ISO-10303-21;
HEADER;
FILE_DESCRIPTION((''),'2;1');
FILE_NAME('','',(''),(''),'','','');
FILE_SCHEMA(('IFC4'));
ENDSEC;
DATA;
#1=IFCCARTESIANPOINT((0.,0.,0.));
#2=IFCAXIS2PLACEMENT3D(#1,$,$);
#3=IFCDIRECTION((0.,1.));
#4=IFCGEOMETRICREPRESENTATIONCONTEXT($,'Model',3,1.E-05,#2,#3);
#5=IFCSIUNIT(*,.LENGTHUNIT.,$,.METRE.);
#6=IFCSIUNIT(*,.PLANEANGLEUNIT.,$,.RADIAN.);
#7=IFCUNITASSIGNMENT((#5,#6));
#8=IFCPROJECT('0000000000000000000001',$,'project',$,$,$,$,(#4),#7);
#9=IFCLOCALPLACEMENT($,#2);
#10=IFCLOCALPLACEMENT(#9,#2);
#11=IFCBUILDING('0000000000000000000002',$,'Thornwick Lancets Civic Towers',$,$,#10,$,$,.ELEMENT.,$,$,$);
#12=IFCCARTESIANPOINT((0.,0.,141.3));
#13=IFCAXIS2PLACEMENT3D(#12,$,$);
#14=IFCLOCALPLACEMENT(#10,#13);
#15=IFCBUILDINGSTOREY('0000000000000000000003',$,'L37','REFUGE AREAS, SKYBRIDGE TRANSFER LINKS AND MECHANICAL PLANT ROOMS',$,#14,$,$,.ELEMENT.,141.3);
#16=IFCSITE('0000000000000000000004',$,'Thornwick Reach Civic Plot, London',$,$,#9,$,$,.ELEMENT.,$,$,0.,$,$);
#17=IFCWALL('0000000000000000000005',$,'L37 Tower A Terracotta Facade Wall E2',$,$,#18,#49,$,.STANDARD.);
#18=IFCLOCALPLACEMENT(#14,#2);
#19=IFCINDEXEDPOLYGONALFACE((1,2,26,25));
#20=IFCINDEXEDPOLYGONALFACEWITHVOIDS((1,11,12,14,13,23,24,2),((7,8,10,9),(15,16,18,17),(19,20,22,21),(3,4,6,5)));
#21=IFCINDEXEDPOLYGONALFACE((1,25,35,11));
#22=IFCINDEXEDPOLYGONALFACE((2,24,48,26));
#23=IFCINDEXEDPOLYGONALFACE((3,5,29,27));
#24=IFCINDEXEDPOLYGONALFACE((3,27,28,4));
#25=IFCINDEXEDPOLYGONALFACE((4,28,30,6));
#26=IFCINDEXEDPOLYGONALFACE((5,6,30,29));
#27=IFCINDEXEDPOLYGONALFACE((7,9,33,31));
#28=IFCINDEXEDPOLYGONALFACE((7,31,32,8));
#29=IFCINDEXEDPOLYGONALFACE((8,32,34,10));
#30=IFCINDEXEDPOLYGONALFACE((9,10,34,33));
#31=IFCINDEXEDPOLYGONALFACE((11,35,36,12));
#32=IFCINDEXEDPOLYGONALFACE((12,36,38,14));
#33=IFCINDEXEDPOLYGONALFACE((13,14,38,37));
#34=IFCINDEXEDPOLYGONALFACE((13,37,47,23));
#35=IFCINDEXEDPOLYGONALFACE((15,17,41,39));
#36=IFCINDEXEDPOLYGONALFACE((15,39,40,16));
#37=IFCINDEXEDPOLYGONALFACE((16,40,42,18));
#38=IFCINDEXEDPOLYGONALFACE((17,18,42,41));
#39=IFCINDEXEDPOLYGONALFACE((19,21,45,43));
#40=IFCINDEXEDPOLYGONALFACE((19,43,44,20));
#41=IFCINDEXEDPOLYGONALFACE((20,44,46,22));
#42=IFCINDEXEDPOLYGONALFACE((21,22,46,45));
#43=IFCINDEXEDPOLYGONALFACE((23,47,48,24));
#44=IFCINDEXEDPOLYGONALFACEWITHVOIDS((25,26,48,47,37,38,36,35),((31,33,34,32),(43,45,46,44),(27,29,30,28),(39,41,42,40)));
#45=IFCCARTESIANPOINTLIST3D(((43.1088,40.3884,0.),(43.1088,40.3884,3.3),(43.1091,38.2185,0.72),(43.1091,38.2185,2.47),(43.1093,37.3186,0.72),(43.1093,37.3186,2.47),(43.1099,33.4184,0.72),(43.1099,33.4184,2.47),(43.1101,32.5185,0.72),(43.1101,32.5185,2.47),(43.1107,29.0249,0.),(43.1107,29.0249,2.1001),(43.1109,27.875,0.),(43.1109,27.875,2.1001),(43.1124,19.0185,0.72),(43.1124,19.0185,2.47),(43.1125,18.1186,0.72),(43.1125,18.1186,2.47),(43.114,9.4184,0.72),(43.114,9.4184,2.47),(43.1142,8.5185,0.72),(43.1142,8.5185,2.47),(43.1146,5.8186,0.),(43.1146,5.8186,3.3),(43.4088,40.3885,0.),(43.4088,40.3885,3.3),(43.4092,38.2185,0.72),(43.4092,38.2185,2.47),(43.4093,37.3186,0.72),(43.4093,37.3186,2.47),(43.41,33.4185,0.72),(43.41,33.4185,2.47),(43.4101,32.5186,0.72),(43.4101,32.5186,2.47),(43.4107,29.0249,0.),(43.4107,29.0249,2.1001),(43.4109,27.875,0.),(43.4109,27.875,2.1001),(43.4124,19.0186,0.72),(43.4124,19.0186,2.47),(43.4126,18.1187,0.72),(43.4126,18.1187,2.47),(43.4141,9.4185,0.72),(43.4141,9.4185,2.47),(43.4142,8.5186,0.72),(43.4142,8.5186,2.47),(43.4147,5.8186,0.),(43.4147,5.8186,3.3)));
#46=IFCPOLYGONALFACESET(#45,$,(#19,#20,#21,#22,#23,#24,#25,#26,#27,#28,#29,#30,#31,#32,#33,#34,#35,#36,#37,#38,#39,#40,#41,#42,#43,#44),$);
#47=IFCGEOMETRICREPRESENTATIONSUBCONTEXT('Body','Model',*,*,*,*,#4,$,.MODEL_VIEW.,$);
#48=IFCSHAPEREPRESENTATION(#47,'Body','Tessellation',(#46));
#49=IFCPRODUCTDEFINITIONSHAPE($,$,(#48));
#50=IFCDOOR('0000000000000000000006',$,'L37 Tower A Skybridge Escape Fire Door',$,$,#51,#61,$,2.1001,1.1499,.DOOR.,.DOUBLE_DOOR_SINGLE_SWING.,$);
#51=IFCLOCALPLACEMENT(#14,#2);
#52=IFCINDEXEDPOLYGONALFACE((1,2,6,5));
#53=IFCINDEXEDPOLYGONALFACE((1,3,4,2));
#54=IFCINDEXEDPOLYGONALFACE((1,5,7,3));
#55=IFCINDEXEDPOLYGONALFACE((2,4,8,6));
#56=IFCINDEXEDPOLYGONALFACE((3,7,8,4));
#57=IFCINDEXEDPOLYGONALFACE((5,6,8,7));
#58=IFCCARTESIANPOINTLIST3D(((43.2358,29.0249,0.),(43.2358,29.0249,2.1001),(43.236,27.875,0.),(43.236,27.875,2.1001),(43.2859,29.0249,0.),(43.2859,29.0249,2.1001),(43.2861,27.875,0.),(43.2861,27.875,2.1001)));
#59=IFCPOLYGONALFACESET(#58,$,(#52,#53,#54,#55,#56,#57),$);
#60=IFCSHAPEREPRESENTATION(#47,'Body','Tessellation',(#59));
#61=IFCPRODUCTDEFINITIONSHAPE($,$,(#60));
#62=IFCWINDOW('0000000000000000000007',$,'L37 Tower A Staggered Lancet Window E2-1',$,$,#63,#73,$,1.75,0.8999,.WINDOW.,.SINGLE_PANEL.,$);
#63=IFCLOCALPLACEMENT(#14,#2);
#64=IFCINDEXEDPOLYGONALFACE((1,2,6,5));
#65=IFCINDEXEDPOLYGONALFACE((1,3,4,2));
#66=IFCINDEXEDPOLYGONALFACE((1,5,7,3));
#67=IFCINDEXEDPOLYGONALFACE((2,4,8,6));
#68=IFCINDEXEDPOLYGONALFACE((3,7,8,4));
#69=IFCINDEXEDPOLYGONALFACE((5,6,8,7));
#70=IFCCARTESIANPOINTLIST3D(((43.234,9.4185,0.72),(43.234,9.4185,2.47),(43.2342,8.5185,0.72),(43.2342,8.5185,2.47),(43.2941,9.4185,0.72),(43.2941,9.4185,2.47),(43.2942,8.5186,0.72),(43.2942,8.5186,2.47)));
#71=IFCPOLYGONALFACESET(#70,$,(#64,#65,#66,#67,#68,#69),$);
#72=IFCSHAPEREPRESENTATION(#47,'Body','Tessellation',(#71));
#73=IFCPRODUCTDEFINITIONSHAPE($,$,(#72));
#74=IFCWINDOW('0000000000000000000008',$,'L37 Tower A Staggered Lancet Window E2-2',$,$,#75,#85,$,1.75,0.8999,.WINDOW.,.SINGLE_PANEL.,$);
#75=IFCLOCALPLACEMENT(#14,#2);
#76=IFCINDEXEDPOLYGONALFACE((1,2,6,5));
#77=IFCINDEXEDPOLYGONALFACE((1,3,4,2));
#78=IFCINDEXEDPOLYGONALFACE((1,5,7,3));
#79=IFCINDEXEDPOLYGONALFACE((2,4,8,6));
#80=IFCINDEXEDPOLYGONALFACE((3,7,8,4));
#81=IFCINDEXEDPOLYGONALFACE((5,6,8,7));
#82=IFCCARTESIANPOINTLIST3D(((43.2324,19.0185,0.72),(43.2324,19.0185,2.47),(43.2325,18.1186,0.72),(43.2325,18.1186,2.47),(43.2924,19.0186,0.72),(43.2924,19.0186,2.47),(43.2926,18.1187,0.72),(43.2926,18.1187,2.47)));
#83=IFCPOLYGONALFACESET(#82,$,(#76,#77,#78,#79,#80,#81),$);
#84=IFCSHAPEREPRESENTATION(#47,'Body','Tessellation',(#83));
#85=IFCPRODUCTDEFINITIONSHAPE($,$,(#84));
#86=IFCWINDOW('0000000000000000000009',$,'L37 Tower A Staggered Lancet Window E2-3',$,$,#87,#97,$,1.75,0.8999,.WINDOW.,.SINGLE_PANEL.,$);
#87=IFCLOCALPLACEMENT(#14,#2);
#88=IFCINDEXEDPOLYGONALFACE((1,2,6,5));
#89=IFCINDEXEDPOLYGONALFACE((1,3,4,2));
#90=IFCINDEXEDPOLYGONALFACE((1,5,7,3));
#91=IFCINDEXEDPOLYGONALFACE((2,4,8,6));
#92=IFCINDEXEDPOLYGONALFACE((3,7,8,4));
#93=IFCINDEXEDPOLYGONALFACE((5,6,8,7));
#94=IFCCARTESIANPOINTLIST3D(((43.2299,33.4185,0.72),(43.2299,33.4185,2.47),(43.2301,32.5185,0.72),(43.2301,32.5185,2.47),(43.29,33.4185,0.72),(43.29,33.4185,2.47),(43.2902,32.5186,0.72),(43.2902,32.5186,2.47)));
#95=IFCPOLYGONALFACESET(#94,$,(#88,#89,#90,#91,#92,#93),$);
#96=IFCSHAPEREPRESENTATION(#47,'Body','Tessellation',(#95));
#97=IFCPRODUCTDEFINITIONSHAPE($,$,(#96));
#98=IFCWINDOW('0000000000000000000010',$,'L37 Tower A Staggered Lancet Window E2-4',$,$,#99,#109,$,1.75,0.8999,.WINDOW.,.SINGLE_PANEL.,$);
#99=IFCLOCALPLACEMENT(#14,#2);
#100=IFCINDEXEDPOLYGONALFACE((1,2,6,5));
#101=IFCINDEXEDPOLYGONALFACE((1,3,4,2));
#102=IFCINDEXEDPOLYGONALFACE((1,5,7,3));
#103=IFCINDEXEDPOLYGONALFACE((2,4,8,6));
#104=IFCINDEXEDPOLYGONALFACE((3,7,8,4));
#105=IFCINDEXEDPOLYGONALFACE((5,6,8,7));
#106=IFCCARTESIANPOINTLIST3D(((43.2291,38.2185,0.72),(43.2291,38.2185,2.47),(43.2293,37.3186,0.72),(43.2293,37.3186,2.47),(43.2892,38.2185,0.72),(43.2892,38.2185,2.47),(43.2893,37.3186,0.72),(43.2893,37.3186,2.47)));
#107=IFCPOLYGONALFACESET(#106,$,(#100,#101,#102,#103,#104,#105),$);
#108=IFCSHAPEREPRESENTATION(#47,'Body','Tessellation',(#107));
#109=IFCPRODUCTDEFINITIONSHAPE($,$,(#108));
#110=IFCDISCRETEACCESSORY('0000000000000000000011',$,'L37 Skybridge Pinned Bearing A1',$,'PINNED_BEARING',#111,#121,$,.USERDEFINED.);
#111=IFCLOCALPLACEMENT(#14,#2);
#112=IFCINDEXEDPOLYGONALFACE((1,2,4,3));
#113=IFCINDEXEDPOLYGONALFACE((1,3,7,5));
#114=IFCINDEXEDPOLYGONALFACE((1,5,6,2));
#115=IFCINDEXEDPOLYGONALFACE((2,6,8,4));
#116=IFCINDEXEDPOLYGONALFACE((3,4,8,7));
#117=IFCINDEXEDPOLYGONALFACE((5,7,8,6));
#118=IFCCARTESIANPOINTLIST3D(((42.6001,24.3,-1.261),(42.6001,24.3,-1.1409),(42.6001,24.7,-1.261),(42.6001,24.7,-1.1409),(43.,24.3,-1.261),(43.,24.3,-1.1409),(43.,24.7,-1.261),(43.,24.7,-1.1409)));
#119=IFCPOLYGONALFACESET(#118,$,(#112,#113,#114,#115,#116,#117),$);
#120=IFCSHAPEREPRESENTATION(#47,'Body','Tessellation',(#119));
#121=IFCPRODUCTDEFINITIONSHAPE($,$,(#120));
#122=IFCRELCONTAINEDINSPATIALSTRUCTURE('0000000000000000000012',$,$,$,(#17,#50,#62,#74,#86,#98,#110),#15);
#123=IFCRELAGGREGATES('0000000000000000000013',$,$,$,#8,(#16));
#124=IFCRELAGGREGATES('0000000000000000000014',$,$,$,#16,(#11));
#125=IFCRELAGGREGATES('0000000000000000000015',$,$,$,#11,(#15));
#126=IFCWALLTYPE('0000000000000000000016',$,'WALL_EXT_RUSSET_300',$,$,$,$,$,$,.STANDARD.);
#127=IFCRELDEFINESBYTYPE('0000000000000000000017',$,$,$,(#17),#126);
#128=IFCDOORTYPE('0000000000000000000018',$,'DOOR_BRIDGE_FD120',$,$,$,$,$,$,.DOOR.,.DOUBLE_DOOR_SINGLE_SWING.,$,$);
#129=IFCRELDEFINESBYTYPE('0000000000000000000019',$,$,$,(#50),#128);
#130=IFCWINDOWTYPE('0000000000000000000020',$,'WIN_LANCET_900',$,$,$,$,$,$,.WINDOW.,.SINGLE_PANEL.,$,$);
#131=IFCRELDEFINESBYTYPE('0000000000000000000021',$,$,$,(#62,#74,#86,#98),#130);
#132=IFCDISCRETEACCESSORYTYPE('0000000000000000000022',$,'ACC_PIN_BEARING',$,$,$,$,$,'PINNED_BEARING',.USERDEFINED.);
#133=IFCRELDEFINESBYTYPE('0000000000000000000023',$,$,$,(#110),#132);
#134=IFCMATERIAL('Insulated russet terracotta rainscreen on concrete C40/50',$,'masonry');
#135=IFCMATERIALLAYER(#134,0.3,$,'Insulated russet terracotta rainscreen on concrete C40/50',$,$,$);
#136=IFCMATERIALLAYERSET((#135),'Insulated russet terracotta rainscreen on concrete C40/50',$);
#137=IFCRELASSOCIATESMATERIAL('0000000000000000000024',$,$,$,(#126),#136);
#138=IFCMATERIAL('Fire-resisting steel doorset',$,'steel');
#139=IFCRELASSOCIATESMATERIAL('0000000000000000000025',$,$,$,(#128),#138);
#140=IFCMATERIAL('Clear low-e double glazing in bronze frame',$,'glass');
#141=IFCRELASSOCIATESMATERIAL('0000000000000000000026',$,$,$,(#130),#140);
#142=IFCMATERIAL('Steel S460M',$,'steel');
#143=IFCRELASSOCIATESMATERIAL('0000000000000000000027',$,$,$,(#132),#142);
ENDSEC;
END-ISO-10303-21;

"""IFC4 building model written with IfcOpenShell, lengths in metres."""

from ifc_helpers import new_model, si_unit, direction, frame, frame_2d, origin, origin_2d, place, context, subcontext, project, spatial, rectangle, extrude, material, layer, layer_set, type_object, element, fill, save


model = new_model("IFC4")

# Units and contexts
model_context = context("Model", 3, precision=1e-05, world=origin(), true_north=direction((0.0, 1.0)))
body_context = subcontext(model_context, "Body", "Model", "MODEL_VIEW")
ifc_project = project(units=[si_unit("LENGTHUNIT", "METRE"), si_unit("PLANEANGLEUNIT", "RADIAN")], contexts=[model_context])

# Site, building, storey
site_placement = place(None, origin())
site = spatial("IfcSite", under=ifc_project, at=site_placement, Name="Thornwick Reach Civic Plot, London", CompositionType="ELEMENT", RefElevation=0.0)
building_placement = place(site_placement, origin())
building = spatial("IfcBuilding", under=site, at=building_placement, Name="Thornwick Lancets Civic Towers", CompositionType="ELEMENT")
storey_placement = place(building_placement, frame((0.0, 0.0, 141.3)))
storey = spatial("IfcBuildingStorey", under=building, at=storey_placement, Name="L37", Description="REFUGE AREAS, SKYBRIDGE TRANSFER LINKS AND MECHANICAL PLANT ROOMS", CompositionType="ELEMENT", Elevation=141.3)

# Shared definitions
ifc_material_1 = material(Name="Steel S460M", Category="steel")

# Wall, openings, door, windows
ifc_material_2 = material(Name="Insulated russet terracotta rainscreen on concrete C40/50", Category="masonry")
ifc_layer_1 = layer(ifc_material_2, 0.3, Name="Insulated russet terracotta rainscreen on concrete C40/50")
ifc_layer_set_1 = layer_set([ifc_layer_1], Name="Insulated russet terracotta rainscreen on concrete C40/50")
wall_type_1 = type_object("IfcWallType", Name="WALL_EXT_RUSSET_300", PredefinedType="STANDARD", material=ifc_layer_set_1)
wall_1_placement = place(storey_placement, frame((43.2646, 5.8186, 0.0), z_axis=(0.0, 0.0, 1.0), x_axis=(-0.000169, 1.0, 0.0)))
wall_1 = element("IfcWall", 1, at=wall_1_placement, inside=storey, type_object=wall_type_1, Name="L37 Tower A Terracotta Facade Wall E2", PredefinedType="STANDARD", context=body_context, shape_type="SweptSolid", body=[
    extrude(rectangle(XDim=34.5698, YDim=0.3, at=frame_2d((17.2849, 0.0))), origin(), (0.0, 0.0, 1.0), 3.3),
])
opening_1_placement = place(wall_1_placement, frame((22.0564, 0.0, 0.0)))
opening_1 = element("IfcOpeningElement", 2, at=opening_1_placement, cuts=wall_1, PredefinedType="OPENING", context=body_context, shape_type="SweptSolid", body=[
    extrude(rectangle(XDim=1.1499, YDim=2.1001, at=frame_2d((0.575, 1.05))), frame((0.0, 0.1602, 0.0), z_axis=(0.0, -1.0, 0.0), x_axis=(1.0, 0.0, 0.0)), (0.0, 0.0, 1.0), 0.3201),
])
opening_2_placement = place(wall_1_placement, frame((2.7, 0.0, 0.72)))
opening_2 = element("IfcOpeningElement", 3, at=opening_2_placement, cuts=wall_1, PredefinedType="OPENING", context=body_context, shape_type="SweptSolid", body=[
    extrude(rectangle(XDim=0.8999, YDim=1.75, at=frame_2d((0.45, 0.875))), frame((0.0, 0.1602, 0.0), z_axis=(0.0, -1.0, 0.0), x_axis=(1.0, 0.0, 0.0)), (0.0, 0.0, 1.0), 0.3201),
])
opening_3_placement = place(wall_1_placement, frame((12.3, 0.0, 0.72)))
opening_3 = element("IfcOpeningElement", 4, at=opening_3_placement, cuts=wall_1, PredefinedType="OPENING", context=body_context, shape_type="SweptSolid", body=[
    extrude(rectangle(XDim=0.8999, YDim=1.75, at=frame_2d((0.45, 0.875))), frame((0.0, 0.1602, 0.0), z_axis=(0.0, -1.0, 0.0), x_axis=(1.0, 0.0, 0.0)), (0.0, 0.0, 1.0), 0.3201),
])
opening_4_placement = place(wall_1_placement, frame((26.7, 0.0, 0.72)))
opening_4 = element("IfcOpeningElement", 5, at=opening_4_placement, cuts=wall_1, PredefinedType="OPENING", context=body_context, shape_type="SweptSolid", body=[
    extrude(rectangle(XDim=0.8999, YDim=1.75, at=frame_2d((0.45, 0.875))), frame((0.0, 0.1602, 0.0), z_axis=(0.0, -1.0, 0.0), x_axis=(1.0, 0.0, 0.0)), (0.0, 0.0, 1.0), 0.3201),
])
opening_5_placement = place(wall_1_placement, frame((31.5, 0.0, 0.72)))
opening_5 = element("IfcOpeningElement", 6, at=opening_5_placement, cuts=wall_1, PredefinedType="OPENING", context=body_context, shape_type="SweptSolid", body=[
    extrude(rectangle(XDim=0.8999, YDim=1.75, at=frame_2d((0.45, 0.875))), frame((0.0, 0.1602, 0.0), z_axis=(0.0, -1.0, 0.0), x_axis=(1.0, 0.0, 0.0)), (0.0, 0.0, 1.0), 0.3201),
])
ifc_material_3 = material(Name="Fire-resisting steel doorset", Category="steel")
door_type = type_object("IfcDoorType", Name="DOOR_BRIDGE_FD120", OperationType="DOUBLE_DOOR_SINGLE_SWING", PredefinedType="DOOR", material=ifc_material_3)
door_placement = place(opening_1_placement, origin())
door = element("IfcDoor", 7, at=door_placement, inside=storey, type_object=door_type, Name="L37 Tower A Skybridge Escape Fire Door", OperationType="DOUBLE_DOOR_SINGLE_SWING", OverallHeight=2.1001, OverallWidth=1.1499, PredefinedType="DOOR", context=body_context, shape_type="SweptSolid", body=[
    extrude(rectangle(XDim=1.1499, YDim=2.1001, at=frame_2d((0.575, 1.05))), frame((0.0, 0.0249, 0.0), z_axis=(0.0, -1.0, 0.0), x_axis=(1.0, 0.0, 0.0)), (0.0, 0.0, 1.0), 0.05),
])
fill(opening_1, door)
ifc_material_4 = material(Name="Clear low-e double glazing in bronze frame", Category="glass")
window_type = type_object("IfcWindowType", Name="WIN_LANCET_900", PartitioningType="SINGLE_PANEL", PredefinedType="WINDOW", material=ifc_material_4)
window_1_placement = place(opening_2_placement, origin())
window_1 = element("IfcWindow", 8, at=window_1_placement, inside=storey, type_object=window_type, Name="L37 Tower A Staggered Lancet Window E2-1", OverallHeight=1.75, OverallWidth=0.8999, PartitioningType="SINGLE_PANEL", PredefinedType="WINDOW", context=body_context, shape_type="SweptSolid", body=[
    extrude(rectangle(XDim=0.8999, YDim=1.75, at=frame_2d((0.45, 0.875))), frame((0.0, 0.03, 0.0), z_axis=(0.0, -1.0, 0.0), x_axis=(1.0, 0.0, 0.0)), (0.0, 0.0, 1.0), 0.0601),
])
fill(opening_2, window_1)
window_2_placement = place(opening_3_placement, origin())
window_2 = element("IfcWindow", 9, at=window_2_placement, inside=storey, type_object=window_type, Name="L37 Tower A Staggered Lancet Window E2-2", OverallHeight=1.75, OverallWidth=0.8999, PartitioningType="SINGLE_PANEL", PredefinedType="WINDOW", context=body_context, shape_type="SweptSolid", body=[
    extrude(rectangle(XDim=0.8999, YDim=1.75, at=frame_2d((0.45, 0.875))), frame((0.0, 0.03, 0.0), z_axis=(0.0, -1.0, 0.0), x_axis=(1.0, 0.0, 0.0)), (0.0, 0.0, 1.0), 0.0601),
])
fill(opening_3, window_2)
window_3_placement = place(opening_4_placement, origin())
window_3 = element("IfcWindow", 10, at=window_3_placement, inside=storey, type_object=window_type, Name="L37 Tower A Staggered Lancet Window E2-3", OverallHeight=1.75, OverallWidth=0.8999, PartitioningType="SINGLE_PANEL", PredefinedType="WINDOW", context=body_context, shape_type="SweptSolid", body=[
    extrude(rectangle(XDim=0.8999, YDim=1.75, at=frame_2d((0.45, 0.875))), frame((0.0, 0.03, 0.0), z_axis=(0.0, -1.0, 0.0), x_axis=(1.0, 0.0, 0.0)), (0.0, 0.0, 1.0), 0.0601),
])
fill(opening_4, window_3)
window_4_placement = place(opening_5_placement, origin())
window_4 = element("IfcWindow", 11, at=window_4_placement, inside=storey, type_object=window_type, Name="L37 Tower A Staggered Lancet Window E2-4", OverallHeight=1.75, OverallWidth=0.8999, PartitioningType="SINGLE_PANEL", PredefinedType="WINDOW", context=body_context, shape_type="SweptSolid", body=[
    extrude(rectangle(XDim=0.8999, YDim=1.75, at=frame_2d((0.45, 0.875))), frame((0.0, 0.03, 0.0), z_axis=(0.0, -1.0, 0.0), x_axis=(1.0, 0.0, 0.0)), (0.0, 0.0, 1.0), 0.0601),
])
fill(opening_5, window_4)

# Discrete accessory
discrete_accessory_type = type_object("IfcDiscreteAccessoryType", Name="ACC_PIN_BEARING", ElementType="PINNED_BEARING", PredefinedType="USERDEFINED", material=ifc_material_1)
discrete_accessory_placement = place(storey_placement, frame((42.8, 24.5, -1.261), z_axis=(0.0, 0.0, 1.0), x_axis=(1.0, 0.0, 0.0)))
element("IfcDiscreteAccessory", 12, at=discrete_accessory_placement, inside=storey, type_object=discrete_accessory_type, Name="L37 Skybridge Pinned Bearing A1", ObjectType="PINNED_BEARING", PredefinedType="USERDEFINED", context=body_context, shape_type="SweptSolid", body=[
    extrude(rectangle(XDim=0.3999, YDim=0.3999, at=origin_2d()), origin(), (0.0, 0.0, 1.0), 0.1201),
])

save(model, "model.ifc")
